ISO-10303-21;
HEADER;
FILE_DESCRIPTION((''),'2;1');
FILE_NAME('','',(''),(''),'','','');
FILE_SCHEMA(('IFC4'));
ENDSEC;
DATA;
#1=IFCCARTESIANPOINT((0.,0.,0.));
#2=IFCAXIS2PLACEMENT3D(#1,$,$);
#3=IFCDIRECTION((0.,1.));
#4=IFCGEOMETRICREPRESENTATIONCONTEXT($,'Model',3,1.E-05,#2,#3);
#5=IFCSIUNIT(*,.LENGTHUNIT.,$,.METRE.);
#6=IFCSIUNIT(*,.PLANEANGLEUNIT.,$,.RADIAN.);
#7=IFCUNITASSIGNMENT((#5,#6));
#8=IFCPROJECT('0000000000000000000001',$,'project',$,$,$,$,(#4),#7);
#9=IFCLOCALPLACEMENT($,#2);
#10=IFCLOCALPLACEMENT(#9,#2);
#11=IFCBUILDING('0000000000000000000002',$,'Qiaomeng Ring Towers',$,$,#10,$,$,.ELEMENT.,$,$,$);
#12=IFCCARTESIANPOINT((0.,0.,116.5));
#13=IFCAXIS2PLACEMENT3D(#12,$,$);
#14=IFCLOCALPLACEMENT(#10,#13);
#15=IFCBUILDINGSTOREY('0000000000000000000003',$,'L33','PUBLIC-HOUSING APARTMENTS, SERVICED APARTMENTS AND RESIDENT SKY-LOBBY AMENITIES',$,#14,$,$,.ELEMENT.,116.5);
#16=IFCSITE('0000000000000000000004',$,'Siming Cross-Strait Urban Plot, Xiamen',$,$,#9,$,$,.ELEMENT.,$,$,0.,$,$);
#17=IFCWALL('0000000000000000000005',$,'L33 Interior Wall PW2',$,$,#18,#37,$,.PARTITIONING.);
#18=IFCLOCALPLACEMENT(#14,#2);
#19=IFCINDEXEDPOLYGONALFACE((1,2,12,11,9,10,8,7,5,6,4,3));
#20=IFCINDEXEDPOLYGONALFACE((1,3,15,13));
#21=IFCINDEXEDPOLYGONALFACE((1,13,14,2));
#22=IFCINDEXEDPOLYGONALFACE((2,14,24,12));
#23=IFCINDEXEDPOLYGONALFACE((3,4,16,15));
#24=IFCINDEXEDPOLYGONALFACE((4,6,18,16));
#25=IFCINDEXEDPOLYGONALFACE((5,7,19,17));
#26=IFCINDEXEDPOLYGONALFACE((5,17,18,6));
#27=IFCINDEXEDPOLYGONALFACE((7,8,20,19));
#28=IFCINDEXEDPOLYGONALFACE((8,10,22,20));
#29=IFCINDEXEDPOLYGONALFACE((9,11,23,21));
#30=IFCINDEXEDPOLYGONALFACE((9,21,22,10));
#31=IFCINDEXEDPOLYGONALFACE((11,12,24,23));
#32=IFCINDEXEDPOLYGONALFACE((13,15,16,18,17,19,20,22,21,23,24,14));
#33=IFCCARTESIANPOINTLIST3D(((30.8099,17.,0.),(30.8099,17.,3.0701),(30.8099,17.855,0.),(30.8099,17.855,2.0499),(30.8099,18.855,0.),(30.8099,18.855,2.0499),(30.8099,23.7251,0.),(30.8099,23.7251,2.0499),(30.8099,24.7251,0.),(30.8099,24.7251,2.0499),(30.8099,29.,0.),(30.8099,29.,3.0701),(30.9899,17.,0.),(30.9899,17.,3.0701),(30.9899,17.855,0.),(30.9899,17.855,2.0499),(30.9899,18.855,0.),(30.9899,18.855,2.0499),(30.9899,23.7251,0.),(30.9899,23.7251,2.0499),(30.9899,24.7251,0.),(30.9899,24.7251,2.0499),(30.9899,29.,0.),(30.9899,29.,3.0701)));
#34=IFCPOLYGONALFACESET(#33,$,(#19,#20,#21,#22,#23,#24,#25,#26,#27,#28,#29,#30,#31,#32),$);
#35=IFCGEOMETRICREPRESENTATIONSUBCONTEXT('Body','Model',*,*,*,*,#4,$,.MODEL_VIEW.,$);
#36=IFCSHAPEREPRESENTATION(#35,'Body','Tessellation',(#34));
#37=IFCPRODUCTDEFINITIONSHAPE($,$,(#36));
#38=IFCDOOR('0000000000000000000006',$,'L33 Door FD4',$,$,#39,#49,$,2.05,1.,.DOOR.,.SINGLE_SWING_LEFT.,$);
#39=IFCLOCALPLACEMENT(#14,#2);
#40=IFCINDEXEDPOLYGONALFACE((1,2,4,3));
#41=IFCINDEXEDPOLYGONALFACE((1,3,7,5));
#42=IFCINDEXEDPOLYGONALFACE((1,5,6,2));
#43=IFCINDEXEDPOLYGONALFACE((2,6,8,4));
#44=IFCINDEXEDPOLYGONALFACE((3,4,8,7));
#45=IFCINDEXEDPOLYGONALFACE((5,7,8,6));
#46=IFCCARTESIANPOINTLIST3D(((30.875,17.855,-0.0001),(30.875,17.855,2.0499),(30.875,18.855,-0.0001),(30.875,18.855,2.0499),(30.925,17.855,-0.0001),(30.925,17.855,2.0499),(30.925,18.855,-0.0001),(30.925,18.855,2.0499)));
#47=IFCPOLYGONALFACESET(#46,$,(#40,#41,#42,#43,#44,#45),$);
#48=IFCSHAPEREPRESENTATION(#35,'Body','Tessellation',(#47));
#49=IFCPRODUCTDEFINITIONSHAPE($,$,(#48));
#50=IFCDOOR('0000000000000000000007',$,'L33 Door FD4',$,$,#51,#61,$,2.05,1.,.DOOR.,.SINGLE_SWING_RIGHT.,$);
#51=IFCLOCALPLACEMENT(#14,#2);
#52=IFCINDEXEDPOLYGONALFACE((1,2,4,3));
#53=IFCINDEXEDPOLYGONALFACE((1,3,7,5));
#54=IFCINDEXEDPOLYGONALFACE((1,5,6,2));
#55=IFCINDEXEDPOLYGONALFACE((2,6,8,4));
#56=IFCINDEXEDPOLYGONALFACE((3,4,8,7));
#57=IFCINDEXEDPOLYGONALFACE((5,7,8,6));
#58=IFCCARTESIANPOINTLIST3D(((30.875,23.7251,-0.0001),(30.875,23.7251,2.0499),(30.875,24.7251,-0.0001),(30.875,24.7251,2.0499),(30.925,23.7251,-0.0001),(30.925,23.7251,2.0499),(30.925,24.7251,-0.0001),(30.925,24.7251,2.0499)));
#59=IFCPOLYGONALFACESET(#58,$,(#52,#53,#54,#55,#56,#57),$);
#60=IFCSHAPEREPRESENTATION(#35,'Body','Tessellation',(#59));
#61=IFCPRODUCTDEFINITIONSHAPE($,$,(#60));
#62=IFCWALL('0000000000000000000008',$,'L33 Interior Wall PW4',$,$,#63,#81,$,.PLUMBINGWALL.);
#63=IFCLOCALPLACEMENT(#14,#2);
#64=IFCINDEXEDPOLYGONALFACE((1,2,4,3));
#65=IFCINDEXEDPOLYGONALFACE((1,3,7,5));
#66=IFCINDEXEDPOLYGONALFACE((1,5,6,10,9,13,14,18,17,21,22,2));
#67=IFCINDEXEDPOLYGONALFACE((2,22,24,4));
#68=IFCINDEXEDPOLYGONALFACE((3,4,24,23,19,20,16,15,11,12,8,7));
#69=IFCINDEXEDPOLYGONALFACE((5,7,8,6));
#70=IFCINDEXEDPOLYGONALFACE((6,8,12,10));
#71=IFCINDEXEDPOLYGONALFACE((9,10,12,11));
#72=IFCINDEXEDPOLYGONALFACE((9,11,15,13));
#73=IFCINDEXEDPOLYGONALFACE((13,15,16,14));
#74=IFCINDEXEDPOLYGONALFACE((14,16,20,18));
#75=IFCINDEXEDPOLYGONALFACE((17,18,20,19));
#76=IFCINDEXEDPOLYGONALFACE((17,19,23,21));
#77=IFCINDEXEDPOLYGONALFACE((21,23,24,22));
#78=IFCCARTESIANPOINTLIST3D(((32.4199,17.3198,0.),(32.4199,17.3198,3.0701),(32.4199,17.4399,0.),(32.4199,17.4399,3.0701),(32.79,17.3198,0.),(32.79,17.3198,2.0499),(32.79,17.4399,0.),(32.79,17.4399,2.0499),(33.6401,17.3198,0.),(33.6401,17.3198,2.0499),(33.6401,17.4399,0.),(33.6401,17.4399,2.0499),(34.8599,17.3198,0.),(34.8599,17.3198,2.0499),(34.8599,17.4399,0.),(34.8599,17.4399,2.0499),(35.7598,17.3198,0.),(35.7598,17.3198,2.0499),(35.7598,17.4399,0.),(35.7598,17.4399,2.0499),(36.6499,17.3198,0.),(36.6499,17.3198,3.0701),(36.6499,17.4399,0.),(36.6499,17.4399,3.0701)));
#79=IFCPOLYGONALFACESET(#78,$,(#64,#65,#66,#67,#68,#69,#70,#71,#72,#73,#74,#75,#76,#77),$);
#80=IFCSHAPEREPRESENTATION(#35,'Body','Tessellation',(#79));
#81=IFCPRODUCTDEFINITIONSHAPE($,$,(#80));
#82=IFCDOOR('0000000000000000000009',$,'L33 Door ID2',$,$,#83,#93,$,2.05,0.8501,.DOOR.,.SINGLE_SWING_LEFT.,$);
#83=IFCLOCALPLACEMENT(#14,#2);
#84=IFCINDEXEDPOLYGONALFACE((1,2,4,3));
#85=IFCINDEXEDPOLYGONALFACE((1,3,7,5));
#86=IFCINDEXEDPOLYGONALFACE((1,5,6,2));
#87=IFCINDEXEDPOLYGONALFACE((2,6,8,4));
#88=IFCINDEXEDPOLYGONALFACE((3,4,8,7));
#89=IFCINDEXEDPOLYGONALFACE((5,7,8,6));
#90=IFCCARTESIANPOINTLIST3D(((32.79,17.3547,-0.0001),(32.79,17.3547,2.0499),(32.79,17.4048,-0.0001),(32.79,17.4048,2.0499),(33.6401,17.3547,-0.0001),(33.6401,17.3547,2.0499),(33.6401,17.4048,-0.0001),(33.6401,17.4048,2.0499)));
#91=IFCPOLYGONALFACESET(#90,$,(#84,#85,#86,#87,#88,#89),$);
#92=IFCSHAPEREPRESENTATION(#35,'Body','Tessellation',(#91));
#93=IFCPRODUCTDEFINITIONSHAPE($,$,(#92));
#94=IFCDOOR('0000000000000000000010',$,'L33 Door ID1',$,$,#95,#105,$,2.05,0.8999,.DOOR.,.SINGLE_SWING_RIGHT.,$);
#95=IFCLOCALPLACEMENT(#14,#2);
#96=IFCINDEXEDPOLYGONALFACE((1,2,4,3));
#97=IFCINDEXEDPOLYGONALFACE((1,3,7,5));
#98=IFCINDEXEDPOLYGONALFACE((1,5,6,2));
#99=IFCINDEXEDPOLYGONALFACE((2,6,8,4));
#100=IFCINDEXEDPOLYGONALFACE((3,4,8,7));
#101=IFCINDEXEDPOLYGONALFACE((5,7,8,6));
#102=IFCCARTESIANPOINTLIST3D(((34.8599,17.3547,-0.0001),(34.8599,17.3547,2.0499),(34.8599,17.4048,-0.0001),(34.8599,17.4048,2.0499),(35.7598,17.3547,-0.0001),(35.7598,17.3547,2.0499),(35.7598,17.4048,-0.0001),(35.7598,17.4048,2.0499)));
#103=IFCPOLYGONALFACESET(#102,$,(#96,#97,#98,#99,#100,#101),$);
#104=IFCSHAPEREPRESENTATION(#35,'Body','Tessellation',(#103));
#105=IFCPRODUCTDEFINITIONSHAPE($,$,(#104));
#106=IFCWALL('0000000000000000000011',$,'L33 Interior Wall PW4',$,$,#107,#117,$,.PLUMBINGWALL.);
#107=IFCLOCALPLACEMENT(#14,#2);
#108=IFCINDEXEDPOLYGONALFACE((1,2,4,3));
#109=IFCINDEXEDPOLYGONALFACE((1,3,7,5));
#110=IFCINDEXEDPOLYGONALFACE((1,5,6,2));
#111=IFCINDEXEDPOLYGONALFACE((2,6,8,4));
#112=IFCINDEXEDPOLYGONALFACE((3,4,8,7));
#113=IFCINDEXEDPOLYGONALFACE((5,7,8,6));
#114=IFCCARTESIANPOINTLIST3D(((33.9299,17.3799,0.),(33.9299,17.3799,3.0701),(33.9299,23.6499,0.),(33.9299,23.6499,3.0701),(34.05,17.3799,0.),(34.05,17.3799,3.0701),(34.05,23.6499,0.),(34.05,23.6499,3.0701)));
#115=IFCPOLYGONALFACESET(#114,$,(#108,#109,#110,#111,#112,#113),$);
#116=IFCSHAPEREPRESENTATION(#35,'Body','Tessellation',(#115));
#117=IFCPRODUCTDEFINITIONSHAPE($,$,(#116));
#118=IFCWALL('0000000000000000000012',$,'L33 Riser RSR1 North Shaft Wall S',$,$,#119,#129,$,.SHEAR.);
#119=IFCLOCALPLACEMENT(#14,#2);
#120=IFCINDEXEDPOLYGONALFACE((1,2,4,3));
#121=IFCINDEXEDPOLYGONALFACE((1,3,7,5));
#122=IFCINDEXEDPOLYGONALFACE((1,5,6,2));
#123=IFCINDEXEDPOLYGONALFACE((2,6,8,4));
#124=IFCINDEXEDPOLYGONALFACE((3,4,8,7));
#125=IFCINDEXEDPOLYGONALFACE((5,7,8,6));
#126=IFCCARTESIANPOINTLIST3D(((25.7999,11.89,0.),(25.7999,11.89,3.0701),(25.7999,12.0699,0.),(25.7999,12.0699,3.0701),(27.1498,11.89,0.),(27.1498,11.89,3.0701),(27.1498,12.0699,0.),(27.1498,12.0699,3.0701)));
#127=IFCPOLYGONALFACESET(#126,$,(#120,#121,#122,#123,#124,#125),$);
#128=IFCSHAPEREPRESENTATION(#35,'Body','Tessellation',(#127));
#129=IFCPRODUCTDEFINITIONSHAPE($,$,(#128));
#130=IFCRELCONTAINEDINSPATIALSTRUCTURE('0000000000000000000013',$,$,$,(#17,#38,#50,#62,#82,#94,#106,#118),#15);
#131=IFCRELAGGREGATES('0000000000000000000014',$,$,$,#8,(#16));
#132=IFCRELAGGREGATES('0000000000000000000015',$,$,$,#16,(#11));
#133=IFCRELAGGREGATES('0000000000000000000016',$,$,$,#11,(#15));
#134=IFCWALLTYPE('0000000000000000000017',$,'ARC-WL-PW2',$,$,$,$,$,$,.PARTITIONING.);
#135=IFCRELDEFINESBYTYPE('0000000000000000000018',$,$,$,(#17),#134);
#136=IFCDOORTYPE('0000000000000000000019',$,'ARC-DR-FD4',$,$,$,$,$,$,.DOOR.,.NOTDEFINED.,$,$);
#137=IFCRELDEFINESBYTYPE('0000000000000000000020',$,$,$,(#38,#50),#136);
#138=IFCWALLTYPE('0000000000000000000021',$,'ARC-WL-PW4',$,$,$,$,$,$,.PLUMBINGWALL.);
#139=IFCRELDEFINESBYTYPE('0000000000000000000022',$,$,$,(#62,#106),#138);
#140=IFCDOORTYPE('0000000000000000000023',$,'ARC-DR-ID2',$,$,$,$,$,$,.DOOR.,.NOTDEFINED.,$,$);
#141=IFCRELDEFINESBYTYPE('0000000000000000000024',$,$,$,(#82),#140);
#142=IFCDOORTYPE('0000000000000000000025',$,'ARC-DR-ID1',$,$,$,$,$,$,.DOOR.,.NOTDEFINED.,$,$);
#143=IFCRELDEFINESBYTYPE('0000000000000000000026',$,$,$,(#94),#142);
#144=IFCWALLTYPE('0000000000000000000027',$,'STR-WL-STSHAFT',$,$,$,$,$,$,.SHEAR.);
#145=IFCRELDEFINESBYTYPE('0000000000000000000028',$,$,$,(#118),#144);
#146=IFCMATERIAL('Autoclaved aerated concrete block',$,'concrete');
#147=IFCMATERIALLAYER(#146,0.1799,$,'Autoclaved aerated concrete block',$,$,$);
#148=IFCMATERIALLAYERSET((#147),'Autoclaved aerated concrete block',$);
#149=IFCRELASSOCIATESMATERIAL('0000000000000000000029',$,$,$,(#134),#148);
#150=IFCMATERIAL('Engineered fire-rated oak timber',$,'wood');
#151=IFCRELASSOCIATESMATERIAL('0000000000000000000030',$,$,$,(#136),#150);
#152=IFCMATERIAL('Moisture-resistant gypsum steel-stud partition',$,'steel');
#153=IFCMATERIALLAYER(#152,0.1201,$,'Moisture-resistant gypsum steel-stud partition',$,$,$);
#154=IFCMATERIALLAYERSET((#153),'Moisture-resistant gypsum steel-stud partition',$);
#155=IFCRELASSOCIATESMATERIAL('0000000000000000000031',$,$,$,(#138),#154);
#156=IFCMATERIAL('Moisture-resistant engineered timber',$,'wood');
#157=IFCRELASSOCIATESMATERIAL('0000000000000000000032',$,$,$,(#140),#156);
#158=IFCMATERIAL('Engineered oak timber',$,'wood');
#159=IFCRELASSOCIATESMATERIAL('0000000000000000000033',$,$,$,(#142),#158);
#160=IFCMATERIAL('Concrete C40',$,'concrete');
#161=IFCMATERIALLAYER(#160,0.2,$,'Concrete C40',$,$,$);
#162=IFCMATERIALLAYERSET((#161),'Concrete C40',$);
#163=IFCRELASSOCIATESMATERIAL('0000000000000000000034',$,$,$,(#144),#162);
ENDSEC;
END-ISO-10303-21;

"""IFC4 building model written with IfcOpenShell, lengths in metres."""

from ifc_helpers import new_model, si_unit, direction, frame, frame_2d, origin, place, context, subcontext, project, spatial, rectangle, extrude, source, transform, mapped, material, layer, layer_set, type_object, element, fill, save


model = new_model("IFC4")

# Units and contexts
model_context = context("Model", 3, precision=1e-05, world=origin(), true_north=direction((0.0, 1.0)))
body_context = subcontext(model_context, "Body", "Model", "MODEL_VIEW")
ifc_project = project(units=[si_unit("LENGTHUNIT", "METRE"), si_unit("PLANEANGLEUNIT", "RADIAN")], contexts=[model_context])

# Site, building, storey
site_placement = place(None, origin())
site = spatial("IfcSite", under=ifc_project, at=site_placement, Name="Siming Cross-Strait Urban Plot, Xiamen", CompositionType="ELEMENT", RefElevation=0.0)
building_placement = place(site_placement, origin())
building = spatial("IfcBuilding", under=site, at=building_placement, Name="Qiaomeng Ring Towers", CompositionType="ELEMENT")
storey_placement = place(building_placement, frame((0.0, 0.0, 116.5)))
storey = spatial("IfcBuildingStorey", under=building, at=storey_placement, Name="L33", Description="PUBLIC-HOUSING APARTMENTS, SERVICED APARTMENTS AND RESIDENT SKY-LOBBY AMENITIES", CompositionType="ELEMENT", Elevation=116.5)

# Shared definitions
ifc_material_1 = material(Name="Autoclaved aerated concrete block", Category="concrete")

# Walls, openings, doors
ifc_layer_1 = layer(ifc_material_1, 0.1799, Name="Autoclaved aerated concrete block")
ifc_layer_set_1 = layer_set([ifc_layer_1], Name="Autoclaved aerated concrete block")
wall_type_1 = type_object("IfcWallType", Name="ARC-WL-PW2", PredefinedType="PARTITIONING", material=ifc_layer_set_1)
wall_1_placement = place(storey_placement, frame((30.8999, 17.0, 0.0), z_axis=(0.0, 0.0, 1.0), x_axis=(0.0, 1.0, 0.0)))
wall_1 = element("IfcWall", 1, at=wall_1_placement, inside=storey, type_object=wall_type_1, Name="L33 Interior Wall PW2", PredefinedType="PARTITIONING", context=body_context, shape_type="SweptSolid", body=[
    extrude(rectangle(XDim=12.0, YDim=0.1799, at=frame_2d((6.0, 0.0))), origin(), (0.0, 0.0, 1.0), 3.0701),
])
opening_1_placement = place(wall_1_placement, frame((0.855, 0.0, 0.0)))
opening_1 = element("IfcOpeningElement", 2, at=opening_1_placement, cuts=wall_1, PredefinedType="OPENING", context=body_context, shape_type="SweptSolid", body=[
    extrude(rectangle(XDim=1.0, YDim=2.05, at=frame_2d((0.5, 1.0249))), frame((0.0, 0.0999, 0.0), z_axis=(0.0, -1.0, 0.0), x_axis=(1.0, 0.0, 0.0)), (0.0, 0.0, 1.0), 0.2),
])
opening_2_placement = place(wall_1_placement, frame((6.7251, 0.0, 0.0)))
opening_2 = element("IfcOpeningElement", 3, at=opening_2_placement, cuts=wall_1, PredefinedType="OPENING", context=body_context, shape_type="SweptSolid", body=[
    extrude(rectangle(XDim=1.0, YDim=2.05, at=frame_2d((0.5, 1.0249))), frame((0.0, 0.0999, 0.0), z_axis=(0.0, -1.0, 0.0), x_axis=(1.0, 0.0, 0.0)), (0.0, 0.0, 1.0), 0.2),
])
ifc_material_2 = material(Name="Engineered fire-rated oak timber", Category="wood")
door_type_1 = type_object("IfcDoorType", Name="ARC-DR-FD4", OperationType="NOTDEFINED", PredefinedType="DOOR", material=ifc_material_2)
shared_shape_1 = source(origin(), body_context, "Body", "SweptSolid", [
    extrude(rectangle(XDim=1.0, YDim=2.05, at=frame_2d((0.5, 1.0249))), frame((0.0, 0.0249, 0.0), z_axis=(0.0, -1.0, 0.0), x_axis=(1.0, 0.0, 0.0)), (0.0, 0.0, 1.0), 0.05),
])
door_1_placement = place(opening_1_placement, origin())
door_1 = element("IfcDoor", 4, at=door_1_placement, inside=storey, type_object=door_type_1, Name="L33 Door FD4", OperationType="SINGLE_SWING_LEFT", OverallHeight=2.05, OverallWidth=1.0, PredefinedType="DOOR", context=body_context, shape_type="MappedRepresentation", body=[
    mapped(shared_shape_1, transform((0.0, 0.0, 0.0), x_axis=(1.0, 0.0, 0.0), y_axis=(0.0, 1.0, 0.0), z_axis=(0.0, 0.0, 1.0), scale=1.0)),
])
fill(opening_1, door_1)
door_2_placement = place(opening_2_placement, origin())
door_2 = element("IfcDoor", 5, at=door_2_placement, inside=storey, type_object=door_type_1, Name="L33 Door FD4", OperationType="SINGLE_SWING_RIGHT", OverallHeight=2.05, OverallWidth=1.0, PredefinedType="DOOR", context=body_context, shape_type="MappedRepresentation", body=[
    mapped(shared_shape_1, transform((0.0, 0.0, 0.0), x_axis=(1.0, 0.0, 0.0), y_axis=(0.0, 1.0, 0.0), z_axis=(0.0, 0.0, 1.0), scale=1.0)),
])
fill(opening_2, door_2)
ifc_material_3 = material(Name="Moisture-resistant gypsum steel-stud partition", Category="steel")
ifc_layer_2 = layer(ifc_material_3, 0.1201, Name="Moisture-resistant gypsum steel-stud partition")
ifc_layer_set_2 = layer_set([ifc_layer_2], Name="Moisture-resistant gypsum steel-stud partition")
wall_type_2 = type_object("IfcWallType", Name="ARC-WL-PW4", PredefinedType="PLUMBINGWALL", material=ifc_layer_set_2)
wall_2_placement = place(storey_placement, frame((32.4199, 17.3799, 0.0), z_axis=(0.0, 0.0, 1.0), x_axis=(1.0, 0.0, 0.0)))
wall_2 = element("IfcWall", 6, at=wall_2_placement, inside=storey, type_object=wall_type_2, Name="L33 Interior Wall PW4", PredefinedType="PLUMBINGWALL", context=body_context, shape_type="SweptSolid", body=[
    extrude(rectangle(XDim=4.23, YDim=0.1201, at=frame_2d((2.115, 0.0))), origin(), (0.0, 0.0, 1.0), 3.0701),
])
opening_3_placement = place(wall_2_placement, frame((0.3701, 0.0, 0.0)))
opening_3 = element("IfcOpeningElement", 7, at=opening_3_placement, cuts=wall_2, PredefinedType="OPENING", context=body_context, shape_type="SweptSolid", body=[
    extrude(rectangle(XDim=0.8501, YDim=2.05, at=frame_2d((0.425, 1.0249))), frame((0.0, 0.0701, 0.0), z_axis=(0.0, -1.0, 0.0), x_axis=(1.0, 0.0, 0.0)), (0.0, 0.0, 1.0), 0.1401),
])
opening_4_placement = place(wall_2_placement, frame((2.4399, 0.0, 0.0)))
opening_4 = element("IfcOpeningElement", 8, at=opening_4_placement, cuts=wall_2, PredefinedType="OPENING", context=body_context, shape_type="SweptSolid", body=[
    extrude(rectangle(XDim=0.8999, YDim=2.05, at=frame_2d((0.45, 1.0249))), frame((0.0, 0.0701, 0.0), z_axis=(0.0, -1.0, 0.0), x_axis=(1.0, 0.0, 0.0)), (0.0, 0.0, 1.0), 0.1401),
])
ifc_material_4 = material(Name="Moisture-resistant engineered timber", Category="wood")
door_type_2 = type_object("IfcDoorType", Name="ARC-DR-ID2", OperationType="NOTDEFINED", PredefinedType="DOOR", material=ifc_material_4)
shared_shape_2 = source(origin(), body_context, "Body", "SweptSolid", [
    extrude(rectangle(XDim=0.8501, YDim=2.05, at=frame_2d((0.425, 1.0249))), frame((0.0, 0.0249, 0.0), z_axis=(0.0, -1.0, 0.0), x_axis=(1.0, 0.0, 0.0)), (0.0, 0.0, 1.0), 0.05),
])
door_3_placement = place(opening_3_placement, origin())
door_3 = element("IfcDoor", 9, at=door_3_placement, inside=storey, type_object=door_type_2, Name="L33 Door ID2", OperationType="SINGLE_SWING_LEFT", OverallHeight=2.05, OverallWidth=0.8501, PredefinedType="DOOR", context=body_context, shape_type="MappedRepresentation", body=[
    mapped(shared_shape_2, transform((0.0, 0.0, 0.0), x_axis=(1.0, 0.0, 0.0), y_axis=(0.0, 1.0, 0.0), z_axis=(0.0, 0.0, 1.0), scale=1.0)),
])
fill(opening_3, door_3)
ifc_material_5 = material(Name="Engineered oak timber", Category="wood")
door_type_3 = type_object("IfcDoorType", Name="ARC-DR-ID1", OperationType="NOTDEFINED", PredefinedType="DOOR", material=ifc_material_5)
shared_shape_3 = source(origin(), body_context, "Body", "SweptSolid", [
    extrude(rectangle(XDim=0.8999, YDim=2.05, at=frame_2d((0.45, 1.0249))), frame((0.0, 0.0249, 0.0), z_axis=(0.0, -1.0, 0.0), x_axis=(1.0, 0.0, 0.0)), (0.0, 0.0, 1.0), 0.05),
])
door_4_placement = place(opening_4_placement, origin())
door_4 = element("IfcDoor", 10, at=door_4_placement, inside=storey, type_object=door_type_3, Name="L33 Door ID1", OperationType="SINGLE_SWING_RIGHT", OverallHeight=2.05, OverallWidth=0.8999, PredefinedType="DOOR", context=body_context, shape_type="MappedRepresentation", body=[
    mapped(shared_shape_3, transform((0.0, 0.0, 0.0), x_axis=(1.0, 0.0, 0.0), y_axis=(0.0, 1.0, 0.0), z_axis=(0.0, 0.0, 1.0), scale=1.0)),
])
fill(opening_4, door_4)

# Walls
wall_3_placement = place(storey_placement, frame((33.99, 17.3799, 0.0), z_axis=(0.0, 0.0, 1.0), x_axis=(0.0, 1.0, 0.0)))
element("IfcWall", 11, at=wall_3_placement, inside=storey, type_object=wall_type_2, Name="L33 Interior Wall PW4", PredefinedType="PLUMBINGWALL", context=body_context, shape_type="SweptSolid", body=[
    extrude(rectangle(XDim=6.27, YDim=0.1201, at=frame_2d((3.135, 0.0))), origin(), (0.0, 0.0, 1.0), 3.0701),
])
ifc_material_6 = material(Name="Concrete C40", Category="concrete")
ifc_layer_3 = layer(ifc_material_6, 0.2, Name="Concrete C40")
ifc_layer_set_3 = layer_set([ifc_layer_3], Name="Concrete C40")
wall_type_3 = type_object("IfcWallType", Name="STR-WL-STSHAFT", PredefinedType="SHEAR", material=ifc_layer_set_3)
wall_4_placement = place(storey_placement, frame((25.8, 11.98, 0.0), z_axis=(0.0, 0.0, 1.0), x_axis=(1.0, 0.0, 0.0)))
element("IfcWall", 12, at=wall_4_placement, inside=storey, type_object=wall_type_3, Name="L33 Riser RSR1 North Shaft Wall S", PredefinedType="SHEAR", context=body_context, shape_type="SweptSolid", body=[
    extrude(rectangle(XDim=1.3499, YDim=0.1799, at=frame_2d((0.6748, 0.0))), origin(), (0.0, 0.0, 1.0), 3.0701),
])

save(model, "model.ifc")
